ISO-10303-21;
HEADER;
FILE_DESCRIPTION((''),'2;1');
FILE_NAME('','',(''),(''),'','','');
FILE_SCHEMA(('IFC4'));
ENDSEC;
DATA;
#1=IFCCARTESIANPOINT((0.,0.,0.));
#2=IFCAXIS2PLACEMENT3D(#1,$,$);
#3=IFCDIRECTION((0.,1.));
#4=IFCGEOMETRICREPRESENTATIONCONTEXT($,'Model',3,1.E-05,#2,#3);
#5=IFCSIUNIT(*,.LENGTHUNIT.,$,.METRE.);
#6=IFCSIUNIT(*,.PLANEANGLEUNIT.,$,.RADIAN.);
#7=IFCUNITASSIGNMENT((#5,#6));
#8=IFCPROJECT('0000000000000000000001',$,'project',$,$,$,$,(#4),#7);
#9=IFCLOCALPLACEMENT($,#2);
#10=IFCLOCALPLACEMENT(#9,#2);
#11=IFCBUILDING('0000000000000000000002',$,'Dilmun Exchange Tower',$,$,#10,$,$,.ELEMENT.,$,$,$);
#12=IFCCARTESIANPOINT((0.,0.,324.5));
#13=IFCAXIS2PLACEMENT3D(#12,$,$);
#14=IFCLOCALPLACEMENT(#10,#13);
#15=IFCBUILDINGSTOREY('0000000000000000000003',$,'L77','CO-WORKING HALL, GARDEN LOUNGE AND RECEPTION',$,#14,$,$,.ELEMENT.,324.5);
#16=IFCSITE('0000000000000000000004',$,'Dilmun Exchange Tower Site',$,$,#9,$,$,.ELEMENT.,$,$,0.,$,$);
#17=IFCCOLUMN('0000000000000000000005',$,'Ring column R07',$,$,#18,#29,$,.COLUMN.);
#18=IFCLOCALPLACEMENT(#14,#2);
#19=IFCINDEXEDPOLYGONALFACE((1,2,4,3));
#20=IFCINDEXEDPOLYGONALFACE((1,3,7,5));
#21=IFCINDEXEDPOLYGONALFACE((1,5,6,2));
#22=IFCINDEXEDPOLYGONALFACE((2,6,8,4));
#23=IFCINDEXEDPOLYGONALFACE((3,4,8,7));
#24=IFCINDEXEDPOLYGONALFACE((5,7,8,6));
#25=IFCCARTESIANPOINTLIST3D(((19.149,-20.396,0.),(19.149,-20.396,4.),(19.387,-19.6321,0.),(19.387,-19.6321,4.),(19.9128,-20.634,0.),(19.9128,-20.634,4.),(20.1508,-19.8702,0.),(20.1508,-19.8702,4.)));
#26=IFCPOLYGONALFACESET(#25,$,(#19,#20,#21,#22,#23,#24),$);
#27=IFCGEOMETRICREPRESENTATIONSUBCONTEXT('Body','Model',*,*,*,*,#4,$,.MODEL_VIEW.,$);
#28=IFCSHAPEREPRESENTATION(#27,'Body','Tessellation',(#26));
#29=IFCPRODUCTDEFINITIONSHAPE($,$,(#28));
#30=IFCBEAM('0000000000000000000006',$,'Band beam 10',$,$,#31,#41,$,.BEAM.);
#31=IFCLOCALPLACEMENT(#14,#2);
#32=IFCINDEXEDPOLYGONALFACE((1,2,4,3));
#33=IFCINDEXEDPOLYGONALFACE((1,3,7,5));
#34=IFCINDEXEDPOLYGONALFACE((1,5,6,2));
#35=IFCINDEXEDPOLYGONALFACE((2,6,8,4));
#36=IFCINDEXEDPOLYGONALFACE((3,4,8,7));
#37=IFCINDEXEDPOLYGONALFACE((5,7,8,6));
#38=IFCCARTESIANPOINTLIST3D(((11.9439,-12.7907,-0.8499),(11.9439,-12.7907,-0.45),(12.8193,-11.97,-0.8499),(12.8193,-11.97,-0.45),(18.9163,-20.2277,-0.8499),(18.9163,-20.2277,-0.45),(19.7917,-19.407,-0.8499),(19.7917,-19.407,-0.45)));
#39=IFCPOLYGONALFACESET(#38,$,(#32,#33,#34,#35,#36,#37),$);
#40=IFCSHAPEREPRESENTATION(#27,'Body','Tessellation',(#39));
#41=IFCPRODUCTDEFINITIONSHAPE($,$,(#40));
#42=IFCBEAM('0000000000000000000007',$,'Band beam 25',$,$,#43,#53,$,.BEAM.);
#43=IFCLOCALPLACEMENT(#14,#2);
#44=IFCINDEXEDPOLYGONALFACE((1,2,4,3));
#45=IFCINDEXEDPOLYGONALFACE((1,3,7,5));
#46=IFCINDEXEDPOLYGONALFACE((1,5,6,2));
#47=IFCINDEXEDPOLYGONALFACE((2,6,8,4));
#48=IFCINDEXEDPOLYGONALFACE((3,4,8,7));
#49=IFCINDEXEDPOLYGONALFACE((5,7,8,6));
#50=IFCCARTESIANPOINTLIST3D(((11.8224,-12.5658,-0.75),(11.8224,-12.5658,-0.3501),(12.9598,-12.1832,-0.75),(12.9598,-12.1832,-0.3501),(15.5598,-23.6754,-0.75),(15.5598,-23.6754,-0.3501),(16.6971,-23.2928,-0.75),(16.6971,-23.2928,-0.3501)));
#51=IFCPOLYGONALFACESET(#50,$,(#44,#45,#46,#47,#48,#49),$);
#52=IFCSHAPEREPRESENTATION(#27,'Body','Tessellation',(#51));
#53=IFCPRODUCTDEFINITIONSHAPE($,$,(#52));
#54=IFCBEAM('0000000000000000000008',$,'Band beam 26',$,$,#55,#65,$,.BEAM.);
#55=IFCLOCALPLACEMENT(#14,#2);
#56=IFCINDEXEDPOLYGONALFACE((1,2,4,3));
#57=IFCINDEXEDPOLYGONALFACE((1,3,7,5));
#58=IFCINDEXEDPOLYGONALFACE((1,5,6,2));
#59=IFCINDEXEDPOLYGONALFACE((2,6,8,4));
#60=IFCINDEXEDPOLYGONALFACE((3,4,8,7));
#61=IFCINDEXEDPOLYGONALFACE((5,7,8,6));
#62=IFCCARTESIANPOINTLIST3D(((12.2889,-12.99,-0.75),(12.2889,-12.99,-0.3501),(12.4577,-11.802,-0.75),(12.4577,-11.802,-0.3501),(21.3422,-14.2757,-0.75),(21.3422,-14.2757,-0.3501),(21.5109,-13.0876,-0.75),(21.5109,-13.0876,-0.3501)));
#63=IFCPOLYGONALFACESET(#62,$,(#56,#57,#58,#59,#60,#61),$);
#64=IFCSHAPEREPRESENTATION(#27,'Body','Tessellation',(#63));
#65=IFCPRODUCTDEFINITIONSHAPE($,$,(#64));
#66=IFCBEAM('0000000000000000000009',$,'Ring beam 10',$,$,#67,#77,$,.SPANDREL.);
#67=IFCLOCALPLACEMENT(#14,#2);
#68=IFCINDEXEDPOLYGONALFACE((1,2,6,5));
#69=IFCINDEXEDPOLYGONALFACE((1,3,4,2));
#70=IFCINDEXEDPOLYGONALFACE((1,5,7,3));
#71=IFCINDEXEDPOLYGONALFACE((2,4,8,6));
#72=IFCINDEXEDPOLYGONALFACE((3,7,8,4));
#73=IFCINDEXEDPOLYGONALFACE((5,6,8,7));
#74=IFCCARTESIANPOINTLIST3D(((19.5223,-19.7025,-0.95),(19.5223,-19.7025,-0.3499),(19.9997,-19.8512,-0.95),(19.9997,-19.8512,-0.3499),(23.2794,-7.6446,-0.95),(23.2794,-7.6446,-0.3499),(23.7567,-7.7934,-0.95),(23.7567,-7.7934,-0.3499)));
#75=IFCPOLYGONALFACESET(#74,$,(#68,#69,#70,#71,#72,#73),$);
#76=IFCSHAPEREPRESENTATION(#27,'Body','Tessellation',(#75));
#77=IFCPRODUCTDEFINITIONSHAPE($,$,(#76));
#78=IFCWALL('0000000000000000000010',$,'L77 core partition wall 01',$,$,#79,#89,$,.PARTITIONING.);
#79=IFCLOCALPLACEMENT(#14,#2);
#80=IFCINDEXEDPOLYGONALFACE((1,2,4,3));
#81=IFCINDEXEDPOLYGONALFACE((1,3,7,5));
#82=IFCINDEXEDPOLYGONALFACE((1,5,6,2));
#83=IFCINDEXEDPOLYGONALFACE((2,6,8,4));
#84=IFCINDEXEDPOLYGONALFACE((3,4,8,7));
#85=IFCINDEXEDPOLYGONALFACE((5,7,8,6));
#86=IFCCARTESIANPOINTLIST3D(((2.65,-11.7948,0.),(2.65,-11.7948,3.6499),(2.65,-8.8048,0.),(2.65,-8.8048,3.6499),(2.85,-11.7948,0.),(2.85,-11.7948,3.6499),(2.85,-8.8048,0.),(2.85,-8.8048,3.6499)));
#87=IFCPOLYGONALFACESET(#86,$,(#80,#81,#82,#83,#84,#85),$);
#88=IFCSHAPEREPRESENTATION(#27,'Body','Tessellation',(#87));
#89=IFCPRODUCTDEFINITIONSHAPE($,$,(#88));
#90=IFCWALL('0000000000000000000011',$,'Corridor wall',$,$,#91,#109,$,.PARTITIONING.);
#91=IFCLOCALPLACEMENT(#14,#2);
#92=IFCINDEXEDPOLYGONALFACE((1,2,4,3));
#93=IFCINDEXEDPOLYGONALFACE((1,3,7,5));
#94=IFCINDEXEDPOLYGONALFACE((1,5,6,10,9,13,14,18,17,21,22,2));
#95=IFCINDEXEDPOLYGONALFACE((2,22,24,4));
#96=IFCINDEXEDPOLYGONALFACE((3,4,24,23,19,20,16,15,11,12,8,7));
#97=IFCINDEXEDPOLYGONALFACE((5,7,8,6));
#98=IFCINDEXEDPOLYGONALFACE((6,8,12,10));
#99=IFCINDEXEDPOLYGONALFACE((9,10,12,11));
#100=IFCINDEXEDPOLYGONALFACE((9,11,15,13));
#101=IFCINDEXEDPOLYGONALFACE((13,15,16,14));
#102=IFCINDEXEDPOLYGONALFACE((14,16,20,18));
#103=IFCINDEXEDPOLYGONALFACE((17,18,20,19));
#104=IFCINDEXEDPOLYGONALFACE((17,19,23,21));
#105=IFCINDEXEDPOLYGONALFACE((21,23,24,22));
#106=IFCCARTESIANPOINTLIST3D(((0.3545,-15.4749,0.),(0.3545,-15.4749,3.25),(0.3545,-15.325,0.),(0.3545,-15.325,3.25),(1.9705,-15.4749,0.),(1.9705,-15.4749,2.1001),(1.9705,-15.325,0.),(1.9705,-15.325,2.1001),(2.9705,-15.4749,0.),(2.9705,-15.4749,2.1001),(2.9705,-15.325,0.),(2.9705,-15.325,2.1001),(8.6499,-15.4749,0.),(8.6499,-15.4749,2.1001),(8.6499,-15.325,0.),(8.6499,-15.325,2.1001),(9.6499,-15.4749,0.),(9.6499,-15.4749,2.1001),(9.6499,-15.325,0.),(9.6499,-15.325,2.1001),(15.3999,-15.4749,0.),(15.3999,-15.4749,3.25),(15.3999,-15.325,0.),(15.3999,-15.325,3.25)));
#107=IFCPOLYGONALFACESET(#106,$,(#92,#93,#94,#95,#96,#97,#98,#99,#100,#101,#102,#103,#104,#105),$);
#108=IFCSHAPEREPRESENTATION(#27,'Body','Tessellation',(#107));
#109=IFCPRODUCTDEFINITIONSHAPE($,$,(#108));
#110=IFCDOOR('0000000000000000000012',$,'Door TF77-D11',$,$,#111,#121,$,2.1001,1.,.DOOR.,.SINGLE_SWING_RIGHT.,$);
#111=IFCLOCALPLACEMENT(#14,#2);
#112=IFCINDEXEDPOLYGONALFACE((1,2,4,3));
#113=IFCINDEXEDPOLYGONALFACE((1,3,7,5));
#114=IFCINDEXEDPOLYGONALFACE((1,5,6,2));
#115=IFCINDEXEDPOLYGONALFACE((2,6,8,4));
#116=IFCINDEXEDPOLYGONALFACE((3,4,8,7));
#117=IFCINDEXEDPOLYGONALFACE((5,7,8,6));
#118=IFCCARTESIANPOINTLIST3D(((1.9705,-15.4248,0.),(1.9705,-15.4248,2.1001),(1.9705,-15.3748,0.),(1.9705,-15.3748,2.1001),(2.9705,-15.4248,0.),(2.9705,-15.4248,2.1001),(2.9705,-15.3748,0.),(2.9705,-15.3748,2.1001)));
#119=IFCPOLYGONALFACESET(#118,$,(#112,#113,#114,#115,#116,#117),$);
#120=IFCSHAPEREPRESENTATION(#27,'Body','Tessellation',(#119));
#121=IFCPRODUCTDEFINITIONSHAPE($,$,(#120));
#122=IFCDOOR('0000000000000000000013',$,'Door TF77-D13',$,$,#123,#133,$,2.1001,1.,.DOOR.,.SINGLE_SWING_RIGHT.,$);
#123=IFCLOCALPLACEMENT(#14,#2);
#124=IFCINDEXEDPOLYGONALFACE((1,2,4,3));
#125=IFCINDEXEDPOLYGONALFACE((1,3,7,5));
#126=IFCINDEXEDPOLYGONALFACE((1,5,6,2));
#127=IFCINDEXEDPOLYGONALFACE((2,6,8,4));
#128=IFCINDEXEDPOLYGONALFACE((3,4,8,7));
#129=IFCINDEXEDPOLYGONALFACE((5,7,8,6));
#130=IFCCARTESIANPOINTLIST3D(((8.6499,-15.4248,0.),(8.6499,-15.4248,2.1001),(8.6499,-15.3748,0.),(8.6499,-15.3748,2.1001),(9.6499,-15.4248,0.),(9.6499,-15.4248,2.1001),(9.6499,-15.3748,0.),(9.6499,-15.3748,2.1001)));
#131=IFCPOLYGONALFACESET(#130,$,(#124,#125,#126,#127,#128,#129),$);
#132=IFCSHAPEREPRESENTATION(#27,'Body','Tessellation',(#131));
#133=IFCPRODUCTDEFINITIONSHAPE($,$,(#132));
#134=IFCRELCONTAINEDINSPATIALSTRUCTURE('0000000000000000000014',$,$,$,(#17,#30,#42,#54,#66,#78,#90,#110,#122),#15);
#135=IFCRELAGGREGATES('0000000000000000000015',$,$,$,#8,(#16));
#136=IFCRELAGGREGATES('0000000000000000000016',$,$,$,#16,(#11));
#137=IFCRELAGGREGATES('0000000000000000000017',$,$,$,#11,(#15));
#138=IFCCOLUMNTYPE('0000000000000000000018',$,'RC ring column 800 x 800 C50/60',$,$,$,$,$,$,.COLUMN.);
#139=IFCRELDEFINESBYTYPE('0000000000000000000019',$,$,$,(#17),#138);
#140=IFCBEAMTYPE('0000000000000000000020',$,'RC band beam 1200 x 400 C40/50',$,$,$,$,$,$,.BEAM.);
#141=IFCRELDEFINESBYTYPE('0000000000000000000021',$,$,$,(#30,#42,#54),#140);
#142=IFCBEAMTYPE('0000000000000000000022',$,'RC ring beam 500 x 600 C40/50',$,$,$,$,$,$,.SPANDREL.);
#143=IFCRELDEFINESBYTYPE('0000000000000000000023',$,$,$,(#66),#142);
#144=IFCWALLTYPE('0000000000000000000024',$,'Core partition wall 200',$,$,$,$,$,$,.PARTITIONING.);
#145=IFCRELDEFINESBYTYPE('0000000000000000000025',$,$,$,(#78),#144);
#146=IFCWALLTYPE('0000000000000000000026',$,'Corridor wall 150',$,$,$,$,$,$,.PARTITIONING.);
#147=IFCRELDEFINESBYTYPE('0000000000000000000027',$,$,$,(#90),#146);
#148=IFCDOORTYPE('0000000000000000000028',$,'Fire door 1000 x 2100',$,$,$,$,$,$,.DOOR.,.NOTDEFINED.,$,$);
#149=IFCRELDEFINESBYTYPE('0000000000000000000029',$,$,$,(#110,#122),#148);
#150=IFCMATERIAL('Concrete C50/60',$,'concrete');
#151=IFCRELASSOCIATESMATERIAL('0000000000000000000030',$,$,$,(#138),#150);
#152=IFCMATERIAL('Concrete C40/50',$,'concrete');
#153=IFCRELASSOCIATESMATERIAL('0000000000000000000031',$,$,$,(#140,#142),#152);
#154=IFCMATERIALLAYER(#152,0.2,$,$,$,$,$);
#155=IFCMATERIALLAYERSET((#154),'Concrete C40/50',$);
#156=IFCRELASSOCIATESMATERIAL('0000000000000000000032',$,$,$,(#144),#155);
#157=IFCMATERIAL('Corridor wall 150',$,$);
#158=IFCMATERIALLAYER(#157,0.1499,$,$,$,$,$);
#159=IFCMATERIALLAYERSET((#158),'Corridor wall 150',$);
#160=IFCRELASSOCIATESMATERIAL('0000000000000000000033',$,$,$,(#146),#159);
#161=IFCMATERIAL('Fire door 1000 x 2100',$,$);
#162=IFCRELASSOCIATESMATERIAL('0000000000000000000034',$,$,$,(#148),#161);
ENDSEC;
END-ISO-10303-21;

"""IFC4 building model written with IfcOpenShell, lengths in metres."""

from ifc_helpers import new_model, si_unit, direction, frame, frame_2d, origin, origin_2d, place, context, subcontext, project, spatial, rectangle, extrude, material, layer, layer_set, material_profile, profile_set, type_object, element, fill, save


model = new_model("IFC4")

# Units and contexts
model_context = context("Model", 3, precision=1e-05, world=origin(), true_north=direction((0.0, 1.0)))
body_context = subcontext(model_context, "Body", "Model", "MODEL_VIEW")
ifc_project = project(units=[si_unit("LENGTHUNIT", "METRE"), si_unit("PLANEANGLEUNIT", "RADIAN")], contexts=[model_context])

# Site, building, storey
site_placement = place(None, origin())
site = spatial("IfcSite", under=ifc_project, at=site_placement, Name="Dilmun Exchange Tower Site", CompositionType="ELEMENT", RefElevation=0.0)
building_placement = place(site_placement, origin())
building = spatial("IfcBuilding", under=site, at=building_placement, Name="Dilmun Exchange Tower", CompositionType="ELEMENT")
storey_placement = place(building_placement, frame((0.0, 0.0, 324.5)))
storey = spatial("IfcBuildingStorey", under=building, at=storey_placement, Name="L77", Description="CO-WORKING HALL, GARDEN LOUNGE AND RECEPTION", CompositionType="ELEMENT", Elevation=324.5)

# Column
ifc_material_1 = material(Name="Concrete C50/60", Category="concrete")
ifc_material_profile_1 = material_profile(ifc_material_1, rectangle(XDim=0.8, YDim=0.8, at=origin_2d()), Name="800 x 800")
ifc_profile_set_1 = profile_set([ifc_material_profile_1], Name="Concrete C50/60")
column_type = type_object("IfcColumnType", Name="RC ring column 800 x 800 C50/60", PredefinedType="COLUMN", material=ifc_profile_set_1)
column_placement = place(storey_placement, frame((19.6499, -20.1331, 0.0), z_axis=(0.0, 0.0, 1.0), x_axis=(0.297503, 0.954721, 0.0)))
element("IfcColumn", 1, at=column_placement, inside=storey, type_object=column_type, Name="Ring column R07", PredefinedType="COLUMN", context=body_context, shape_type="SweptSolid", body=[
    extrude(rectangle(XDim=0.8, YDim=0.8, at=origin_2d()), origin(), (0.0, 0.0, 1.0), 4.0),
])

# Beams
ifc_material_2 = material(Name="Concrete C40/50", Category="concrete")
ifc_material_profile_2 = material_profile(ifc_material_2, rectangle(XDim=1.2, YDim=0.3999, at=origin_2d()), Name="1200 x 400")
ifc_profile_set_2 = profile_set([ifc_material_profile_2], Name="Concrete C40/50")
beam_type_1 = type_object("IfcBeamType", Name="RC band beam 1200 x 400 C40/50", PredefinedType="BEAM", material=ifc_profile_set_2)
beam_1_placement = place(storey_placement, frame((19.354, -19.8174, -0.6499), z_axis=(-0.683952, 0.729527, 0.0), x_axis=(-0.729527, -0.683952, 0.0)))
element("IfcBeam", 2, at=beam_1_placement, inside=storey, type_object=beam_type_1, Name="Band beam 10", PredefinedType="BEAM", context=body_context, shape_type="SweptSolid", body=[
    extrude(rectangle(XDim=1.2, YDim=0.3999, at=origin_2d()), origin(), (0.0, 0.0, 1.0), 10.1943),
])
beam_2_placement = place(storey_placement, frame((16.1284, -23.4841, -0.55), z_axis=(-0.318845, 0.947807, 0.0), x_axis=(-0.947807, -0.318845, 0.0)))
element("IfcBeam", 3, at=beam_2_placement, inside=storey, type_object=beam_type_1, Name="Band beam 25", PredefinedType="BEAM", context=body_context, shape_type="SweptSolid", body=[
    extrude(rectangle(XDim=1.2, YDim=0.3999, at=origin_2d()), origin(), (0.0, 0.0, 1.0), 11.7214),
])
beam_3_placement = place(storey_placement, frame((21.4265, -13.6816, -0.55), z_axis=(-0.990067, 0.140599, 0.0), x_axis=(-0.140599, -0.990067, 0.0)))
element("IfcBeam", 4, at=beam_3_placement, inside=storey, type_object=beam_type_1, Name="Band beam 26", PredefinedType="BEAM", context=body_context, shape_type="SweptSolid", body=[
    extrude(rectangle(XDim=1.2, YDim=0.3999, at=origin_2d()), origin(), (0.0, 0.0, 1.0), 9.144),
])
ifc_material_profile_3 = material_profile(ifc_material_2, rectangle(XDim=0.5, YDim=0.6001, at=origin_2d()), Name="500 x 600")
ifc_profile_set_3 = profile_set([ifc_material_profile_3], Name="Concrete C40/50")
beam_type_2 = type_object("IfcBeamType", Name="RC ring beam 500 x 600 C40/50", PredefinedType="SPANDREL", material=ifc_profile_set_3)
beam_4_placement = place(storey_placement, frame((19.761, -19.7769, -0.6499), z_axis=(0.297481, 0.954728, 0.0), x_axis=(-0.954728, 0.297481, 0.0)))
element("IfcBeam", 5, at=beam_4_placement, inside=storey, type_object=beam_type_2, Name="Ring beam 10", PredefinedType="SPANDREL", context=body_context, shape_type="SweptSolid", body=[
    extrude(rectangle(XDim=0.5, YDim=0.6001, at=origin_2d()), origin(), (0.0, 0.0, 1.0), 12.6296),
])

# Wall
ifc_layer_1 = layer(ifc_material_2, 0.2)
ifc_layer_set_1 = layer_set([ifc_layer_1], Name="Concrete C40/50")
wall_type_1 = type_object("IfcWallType", Name="Core partition wall 200", PredefinedType="PARTITIONING", material=ifc_layer_set_1)
wall_1_placement = place(storey_placement, frame((2.75, -11.7949, 0.0), z_axis=(0.0, 0.0, 1.0), x_axis=(0.0, 1.0, 0.0)))
element("IfcWall", 6, at=wall_1_placement, inside=storey, type_object=wall_type_1, Name="L77 core partition wall 01", PredefinedType="PARTITIONING", context=body_context, shape_type="SweptSolid", body=[
    extrude(rectangle(XDim=2.99, YDim=0.2, at=frame_2d((1.4951, 0.0))), origin(), (0.0, 0.0, 1.0), 3.6499),
])

# Wall, openings, doors
ifc_material_3 = material(Name="Corridor wall 150")
ifc_layer_2 = layer(ifc_material_3, 0.1499)
ifc_layer_set_2 = layer_set([ifc_layer_2], Name="Corridor wall 150")
wall_type_2 = type_object("IfcWallType", Name="Corridor wall 150", PredefinedType="PARTITIONING", material=ifc_layer_set_2)
wall_2_placement = place(storey_placement, frame((0.3545, -15.3999, 0.0), z_axis=(0.0, 0.0, 1.0), x_axis=(1.0, 0.0, 0.0)))
wall_2 = element("IfcWall", 7, at=wall_2_placement, inside=storey, type_object=wall_type_2, Name="Corridor wall", PredefinedType="PARTITIONING", context=body_context, shape_type="SweptSolid", body=[
    extrude(rectangle(XDim=15.0454, YDim=0.1499, at=frame_2d((7.5227, 0.0))), origin(), (0.0, 0.0, 1.0), 3.25),
])
opening_1_placement = place(wall_2_placement, frame((1.616, 0.0, 0.0)))
opening_1 = element("IfcOpeningElement", 8, at=opening_1_placement, cuts=wall_2, PredefinedType="OPENING", context=body_context, shape_type="SweptSolid", body=[
    extrude(rectangle(XDim=1.0, YDim=2.1001, at=frame_2d((0.5, 1.05))), frame((0.0, 0.085, 0.0), z_axis=(0.0, -1.0, 0.0), x_axis=(1.0, 0.0, 0.0)), (0.0, 0.0, 1.0), 0.1699),
])
opening_2_placement = place(wall_2_placement, frame((8.2954, 0.0, 0.0)))
opening_2 = element("IfcOpeningElement", 9, at=opening_2_placement, cuts=wall_2, PredefinedType="OPENING", context=body_context, shape_type="SweptSolid", body=[
    extrude(rectangle(XDim=1.0, YDim=2.1001, at=frame_2d((0.5, 1.05))), frame((0.0, 0.085, 0.0), z_axis=(0.0, -1.0, 0.0), x_axis=(1.0, 0.0, 0.0)), (0.0, 0.0, 1.0), 0.1699),
])
ifc_material_4 = material(Name="Fire door 1000 x 2100")
door_type_1 = type_object("IfcDoorType", Name="Fire door 1000 x 2100", OperationType="NOTDEFINED", PredefinedType="DOOR", material=ifc_material_4)
door_1_placement = place(opening_1_placement, frame((1.0, 0.0, 0.0), z_axis=(0.0, 0.0, 1.0), x_axis=(-1.0, 0.0, 0.0)))
door_1 = element("IfcDoor", 10, at=door_1_placement, inside=storey, type_object=door_type_1, Name="Door TF77-D11", OperationType="SINGLE_SWING_RIGHT", OverallHeight=2.1001, OverallWidth=1.0, PredefinedType="DOOR", context=body_context, shape_type="SweptSolid", body=[
    extrude(rectangle(XDim=1.0, YDim=2.1001, at=frame_2d((0.5, 1.05))), frame((0.0, 0.0249, 0.0), z_axis=(0.0, -1.0, 0.0), x_axis=(1.0, 0.0, 0.0)), (0.0, 0.0, 1.0), 0.05),
])
fill(opening_1, door_1)
door_2_placement = place(opening_2_placement, frame((1.0, 0.0, 0.0), z_axis=(0.0, 0.0, 1.0), x_axis=(-1.0, 0.0, 0.0)))
door_2 = element("IfcDoor", 11, at=door_2_placement, inside=storey, type_object=door_type_1, Name="Door TF77-D13", OperationType="SINGLE_SWING_RIGHT", OverallHeight=2.1001, OverallWidth=1.0, PredefinedType="DOOR", context=body_context, shape_type="SweptSolid", body=[
    extrude(rectangle(XDim=1.0, YDim=2.1001, at=frame_2d((0.5, 1.05))), frame((0.0, 0.0249, 0.0), z_axis=(0.0, -1.0, 0.0), x_axis=(1.0, 0.0, 0.0)), (0.0, 0.0, 1.0), 0.05),
])
fill(opening_2, door_2)

save(model, "model.ifc")
